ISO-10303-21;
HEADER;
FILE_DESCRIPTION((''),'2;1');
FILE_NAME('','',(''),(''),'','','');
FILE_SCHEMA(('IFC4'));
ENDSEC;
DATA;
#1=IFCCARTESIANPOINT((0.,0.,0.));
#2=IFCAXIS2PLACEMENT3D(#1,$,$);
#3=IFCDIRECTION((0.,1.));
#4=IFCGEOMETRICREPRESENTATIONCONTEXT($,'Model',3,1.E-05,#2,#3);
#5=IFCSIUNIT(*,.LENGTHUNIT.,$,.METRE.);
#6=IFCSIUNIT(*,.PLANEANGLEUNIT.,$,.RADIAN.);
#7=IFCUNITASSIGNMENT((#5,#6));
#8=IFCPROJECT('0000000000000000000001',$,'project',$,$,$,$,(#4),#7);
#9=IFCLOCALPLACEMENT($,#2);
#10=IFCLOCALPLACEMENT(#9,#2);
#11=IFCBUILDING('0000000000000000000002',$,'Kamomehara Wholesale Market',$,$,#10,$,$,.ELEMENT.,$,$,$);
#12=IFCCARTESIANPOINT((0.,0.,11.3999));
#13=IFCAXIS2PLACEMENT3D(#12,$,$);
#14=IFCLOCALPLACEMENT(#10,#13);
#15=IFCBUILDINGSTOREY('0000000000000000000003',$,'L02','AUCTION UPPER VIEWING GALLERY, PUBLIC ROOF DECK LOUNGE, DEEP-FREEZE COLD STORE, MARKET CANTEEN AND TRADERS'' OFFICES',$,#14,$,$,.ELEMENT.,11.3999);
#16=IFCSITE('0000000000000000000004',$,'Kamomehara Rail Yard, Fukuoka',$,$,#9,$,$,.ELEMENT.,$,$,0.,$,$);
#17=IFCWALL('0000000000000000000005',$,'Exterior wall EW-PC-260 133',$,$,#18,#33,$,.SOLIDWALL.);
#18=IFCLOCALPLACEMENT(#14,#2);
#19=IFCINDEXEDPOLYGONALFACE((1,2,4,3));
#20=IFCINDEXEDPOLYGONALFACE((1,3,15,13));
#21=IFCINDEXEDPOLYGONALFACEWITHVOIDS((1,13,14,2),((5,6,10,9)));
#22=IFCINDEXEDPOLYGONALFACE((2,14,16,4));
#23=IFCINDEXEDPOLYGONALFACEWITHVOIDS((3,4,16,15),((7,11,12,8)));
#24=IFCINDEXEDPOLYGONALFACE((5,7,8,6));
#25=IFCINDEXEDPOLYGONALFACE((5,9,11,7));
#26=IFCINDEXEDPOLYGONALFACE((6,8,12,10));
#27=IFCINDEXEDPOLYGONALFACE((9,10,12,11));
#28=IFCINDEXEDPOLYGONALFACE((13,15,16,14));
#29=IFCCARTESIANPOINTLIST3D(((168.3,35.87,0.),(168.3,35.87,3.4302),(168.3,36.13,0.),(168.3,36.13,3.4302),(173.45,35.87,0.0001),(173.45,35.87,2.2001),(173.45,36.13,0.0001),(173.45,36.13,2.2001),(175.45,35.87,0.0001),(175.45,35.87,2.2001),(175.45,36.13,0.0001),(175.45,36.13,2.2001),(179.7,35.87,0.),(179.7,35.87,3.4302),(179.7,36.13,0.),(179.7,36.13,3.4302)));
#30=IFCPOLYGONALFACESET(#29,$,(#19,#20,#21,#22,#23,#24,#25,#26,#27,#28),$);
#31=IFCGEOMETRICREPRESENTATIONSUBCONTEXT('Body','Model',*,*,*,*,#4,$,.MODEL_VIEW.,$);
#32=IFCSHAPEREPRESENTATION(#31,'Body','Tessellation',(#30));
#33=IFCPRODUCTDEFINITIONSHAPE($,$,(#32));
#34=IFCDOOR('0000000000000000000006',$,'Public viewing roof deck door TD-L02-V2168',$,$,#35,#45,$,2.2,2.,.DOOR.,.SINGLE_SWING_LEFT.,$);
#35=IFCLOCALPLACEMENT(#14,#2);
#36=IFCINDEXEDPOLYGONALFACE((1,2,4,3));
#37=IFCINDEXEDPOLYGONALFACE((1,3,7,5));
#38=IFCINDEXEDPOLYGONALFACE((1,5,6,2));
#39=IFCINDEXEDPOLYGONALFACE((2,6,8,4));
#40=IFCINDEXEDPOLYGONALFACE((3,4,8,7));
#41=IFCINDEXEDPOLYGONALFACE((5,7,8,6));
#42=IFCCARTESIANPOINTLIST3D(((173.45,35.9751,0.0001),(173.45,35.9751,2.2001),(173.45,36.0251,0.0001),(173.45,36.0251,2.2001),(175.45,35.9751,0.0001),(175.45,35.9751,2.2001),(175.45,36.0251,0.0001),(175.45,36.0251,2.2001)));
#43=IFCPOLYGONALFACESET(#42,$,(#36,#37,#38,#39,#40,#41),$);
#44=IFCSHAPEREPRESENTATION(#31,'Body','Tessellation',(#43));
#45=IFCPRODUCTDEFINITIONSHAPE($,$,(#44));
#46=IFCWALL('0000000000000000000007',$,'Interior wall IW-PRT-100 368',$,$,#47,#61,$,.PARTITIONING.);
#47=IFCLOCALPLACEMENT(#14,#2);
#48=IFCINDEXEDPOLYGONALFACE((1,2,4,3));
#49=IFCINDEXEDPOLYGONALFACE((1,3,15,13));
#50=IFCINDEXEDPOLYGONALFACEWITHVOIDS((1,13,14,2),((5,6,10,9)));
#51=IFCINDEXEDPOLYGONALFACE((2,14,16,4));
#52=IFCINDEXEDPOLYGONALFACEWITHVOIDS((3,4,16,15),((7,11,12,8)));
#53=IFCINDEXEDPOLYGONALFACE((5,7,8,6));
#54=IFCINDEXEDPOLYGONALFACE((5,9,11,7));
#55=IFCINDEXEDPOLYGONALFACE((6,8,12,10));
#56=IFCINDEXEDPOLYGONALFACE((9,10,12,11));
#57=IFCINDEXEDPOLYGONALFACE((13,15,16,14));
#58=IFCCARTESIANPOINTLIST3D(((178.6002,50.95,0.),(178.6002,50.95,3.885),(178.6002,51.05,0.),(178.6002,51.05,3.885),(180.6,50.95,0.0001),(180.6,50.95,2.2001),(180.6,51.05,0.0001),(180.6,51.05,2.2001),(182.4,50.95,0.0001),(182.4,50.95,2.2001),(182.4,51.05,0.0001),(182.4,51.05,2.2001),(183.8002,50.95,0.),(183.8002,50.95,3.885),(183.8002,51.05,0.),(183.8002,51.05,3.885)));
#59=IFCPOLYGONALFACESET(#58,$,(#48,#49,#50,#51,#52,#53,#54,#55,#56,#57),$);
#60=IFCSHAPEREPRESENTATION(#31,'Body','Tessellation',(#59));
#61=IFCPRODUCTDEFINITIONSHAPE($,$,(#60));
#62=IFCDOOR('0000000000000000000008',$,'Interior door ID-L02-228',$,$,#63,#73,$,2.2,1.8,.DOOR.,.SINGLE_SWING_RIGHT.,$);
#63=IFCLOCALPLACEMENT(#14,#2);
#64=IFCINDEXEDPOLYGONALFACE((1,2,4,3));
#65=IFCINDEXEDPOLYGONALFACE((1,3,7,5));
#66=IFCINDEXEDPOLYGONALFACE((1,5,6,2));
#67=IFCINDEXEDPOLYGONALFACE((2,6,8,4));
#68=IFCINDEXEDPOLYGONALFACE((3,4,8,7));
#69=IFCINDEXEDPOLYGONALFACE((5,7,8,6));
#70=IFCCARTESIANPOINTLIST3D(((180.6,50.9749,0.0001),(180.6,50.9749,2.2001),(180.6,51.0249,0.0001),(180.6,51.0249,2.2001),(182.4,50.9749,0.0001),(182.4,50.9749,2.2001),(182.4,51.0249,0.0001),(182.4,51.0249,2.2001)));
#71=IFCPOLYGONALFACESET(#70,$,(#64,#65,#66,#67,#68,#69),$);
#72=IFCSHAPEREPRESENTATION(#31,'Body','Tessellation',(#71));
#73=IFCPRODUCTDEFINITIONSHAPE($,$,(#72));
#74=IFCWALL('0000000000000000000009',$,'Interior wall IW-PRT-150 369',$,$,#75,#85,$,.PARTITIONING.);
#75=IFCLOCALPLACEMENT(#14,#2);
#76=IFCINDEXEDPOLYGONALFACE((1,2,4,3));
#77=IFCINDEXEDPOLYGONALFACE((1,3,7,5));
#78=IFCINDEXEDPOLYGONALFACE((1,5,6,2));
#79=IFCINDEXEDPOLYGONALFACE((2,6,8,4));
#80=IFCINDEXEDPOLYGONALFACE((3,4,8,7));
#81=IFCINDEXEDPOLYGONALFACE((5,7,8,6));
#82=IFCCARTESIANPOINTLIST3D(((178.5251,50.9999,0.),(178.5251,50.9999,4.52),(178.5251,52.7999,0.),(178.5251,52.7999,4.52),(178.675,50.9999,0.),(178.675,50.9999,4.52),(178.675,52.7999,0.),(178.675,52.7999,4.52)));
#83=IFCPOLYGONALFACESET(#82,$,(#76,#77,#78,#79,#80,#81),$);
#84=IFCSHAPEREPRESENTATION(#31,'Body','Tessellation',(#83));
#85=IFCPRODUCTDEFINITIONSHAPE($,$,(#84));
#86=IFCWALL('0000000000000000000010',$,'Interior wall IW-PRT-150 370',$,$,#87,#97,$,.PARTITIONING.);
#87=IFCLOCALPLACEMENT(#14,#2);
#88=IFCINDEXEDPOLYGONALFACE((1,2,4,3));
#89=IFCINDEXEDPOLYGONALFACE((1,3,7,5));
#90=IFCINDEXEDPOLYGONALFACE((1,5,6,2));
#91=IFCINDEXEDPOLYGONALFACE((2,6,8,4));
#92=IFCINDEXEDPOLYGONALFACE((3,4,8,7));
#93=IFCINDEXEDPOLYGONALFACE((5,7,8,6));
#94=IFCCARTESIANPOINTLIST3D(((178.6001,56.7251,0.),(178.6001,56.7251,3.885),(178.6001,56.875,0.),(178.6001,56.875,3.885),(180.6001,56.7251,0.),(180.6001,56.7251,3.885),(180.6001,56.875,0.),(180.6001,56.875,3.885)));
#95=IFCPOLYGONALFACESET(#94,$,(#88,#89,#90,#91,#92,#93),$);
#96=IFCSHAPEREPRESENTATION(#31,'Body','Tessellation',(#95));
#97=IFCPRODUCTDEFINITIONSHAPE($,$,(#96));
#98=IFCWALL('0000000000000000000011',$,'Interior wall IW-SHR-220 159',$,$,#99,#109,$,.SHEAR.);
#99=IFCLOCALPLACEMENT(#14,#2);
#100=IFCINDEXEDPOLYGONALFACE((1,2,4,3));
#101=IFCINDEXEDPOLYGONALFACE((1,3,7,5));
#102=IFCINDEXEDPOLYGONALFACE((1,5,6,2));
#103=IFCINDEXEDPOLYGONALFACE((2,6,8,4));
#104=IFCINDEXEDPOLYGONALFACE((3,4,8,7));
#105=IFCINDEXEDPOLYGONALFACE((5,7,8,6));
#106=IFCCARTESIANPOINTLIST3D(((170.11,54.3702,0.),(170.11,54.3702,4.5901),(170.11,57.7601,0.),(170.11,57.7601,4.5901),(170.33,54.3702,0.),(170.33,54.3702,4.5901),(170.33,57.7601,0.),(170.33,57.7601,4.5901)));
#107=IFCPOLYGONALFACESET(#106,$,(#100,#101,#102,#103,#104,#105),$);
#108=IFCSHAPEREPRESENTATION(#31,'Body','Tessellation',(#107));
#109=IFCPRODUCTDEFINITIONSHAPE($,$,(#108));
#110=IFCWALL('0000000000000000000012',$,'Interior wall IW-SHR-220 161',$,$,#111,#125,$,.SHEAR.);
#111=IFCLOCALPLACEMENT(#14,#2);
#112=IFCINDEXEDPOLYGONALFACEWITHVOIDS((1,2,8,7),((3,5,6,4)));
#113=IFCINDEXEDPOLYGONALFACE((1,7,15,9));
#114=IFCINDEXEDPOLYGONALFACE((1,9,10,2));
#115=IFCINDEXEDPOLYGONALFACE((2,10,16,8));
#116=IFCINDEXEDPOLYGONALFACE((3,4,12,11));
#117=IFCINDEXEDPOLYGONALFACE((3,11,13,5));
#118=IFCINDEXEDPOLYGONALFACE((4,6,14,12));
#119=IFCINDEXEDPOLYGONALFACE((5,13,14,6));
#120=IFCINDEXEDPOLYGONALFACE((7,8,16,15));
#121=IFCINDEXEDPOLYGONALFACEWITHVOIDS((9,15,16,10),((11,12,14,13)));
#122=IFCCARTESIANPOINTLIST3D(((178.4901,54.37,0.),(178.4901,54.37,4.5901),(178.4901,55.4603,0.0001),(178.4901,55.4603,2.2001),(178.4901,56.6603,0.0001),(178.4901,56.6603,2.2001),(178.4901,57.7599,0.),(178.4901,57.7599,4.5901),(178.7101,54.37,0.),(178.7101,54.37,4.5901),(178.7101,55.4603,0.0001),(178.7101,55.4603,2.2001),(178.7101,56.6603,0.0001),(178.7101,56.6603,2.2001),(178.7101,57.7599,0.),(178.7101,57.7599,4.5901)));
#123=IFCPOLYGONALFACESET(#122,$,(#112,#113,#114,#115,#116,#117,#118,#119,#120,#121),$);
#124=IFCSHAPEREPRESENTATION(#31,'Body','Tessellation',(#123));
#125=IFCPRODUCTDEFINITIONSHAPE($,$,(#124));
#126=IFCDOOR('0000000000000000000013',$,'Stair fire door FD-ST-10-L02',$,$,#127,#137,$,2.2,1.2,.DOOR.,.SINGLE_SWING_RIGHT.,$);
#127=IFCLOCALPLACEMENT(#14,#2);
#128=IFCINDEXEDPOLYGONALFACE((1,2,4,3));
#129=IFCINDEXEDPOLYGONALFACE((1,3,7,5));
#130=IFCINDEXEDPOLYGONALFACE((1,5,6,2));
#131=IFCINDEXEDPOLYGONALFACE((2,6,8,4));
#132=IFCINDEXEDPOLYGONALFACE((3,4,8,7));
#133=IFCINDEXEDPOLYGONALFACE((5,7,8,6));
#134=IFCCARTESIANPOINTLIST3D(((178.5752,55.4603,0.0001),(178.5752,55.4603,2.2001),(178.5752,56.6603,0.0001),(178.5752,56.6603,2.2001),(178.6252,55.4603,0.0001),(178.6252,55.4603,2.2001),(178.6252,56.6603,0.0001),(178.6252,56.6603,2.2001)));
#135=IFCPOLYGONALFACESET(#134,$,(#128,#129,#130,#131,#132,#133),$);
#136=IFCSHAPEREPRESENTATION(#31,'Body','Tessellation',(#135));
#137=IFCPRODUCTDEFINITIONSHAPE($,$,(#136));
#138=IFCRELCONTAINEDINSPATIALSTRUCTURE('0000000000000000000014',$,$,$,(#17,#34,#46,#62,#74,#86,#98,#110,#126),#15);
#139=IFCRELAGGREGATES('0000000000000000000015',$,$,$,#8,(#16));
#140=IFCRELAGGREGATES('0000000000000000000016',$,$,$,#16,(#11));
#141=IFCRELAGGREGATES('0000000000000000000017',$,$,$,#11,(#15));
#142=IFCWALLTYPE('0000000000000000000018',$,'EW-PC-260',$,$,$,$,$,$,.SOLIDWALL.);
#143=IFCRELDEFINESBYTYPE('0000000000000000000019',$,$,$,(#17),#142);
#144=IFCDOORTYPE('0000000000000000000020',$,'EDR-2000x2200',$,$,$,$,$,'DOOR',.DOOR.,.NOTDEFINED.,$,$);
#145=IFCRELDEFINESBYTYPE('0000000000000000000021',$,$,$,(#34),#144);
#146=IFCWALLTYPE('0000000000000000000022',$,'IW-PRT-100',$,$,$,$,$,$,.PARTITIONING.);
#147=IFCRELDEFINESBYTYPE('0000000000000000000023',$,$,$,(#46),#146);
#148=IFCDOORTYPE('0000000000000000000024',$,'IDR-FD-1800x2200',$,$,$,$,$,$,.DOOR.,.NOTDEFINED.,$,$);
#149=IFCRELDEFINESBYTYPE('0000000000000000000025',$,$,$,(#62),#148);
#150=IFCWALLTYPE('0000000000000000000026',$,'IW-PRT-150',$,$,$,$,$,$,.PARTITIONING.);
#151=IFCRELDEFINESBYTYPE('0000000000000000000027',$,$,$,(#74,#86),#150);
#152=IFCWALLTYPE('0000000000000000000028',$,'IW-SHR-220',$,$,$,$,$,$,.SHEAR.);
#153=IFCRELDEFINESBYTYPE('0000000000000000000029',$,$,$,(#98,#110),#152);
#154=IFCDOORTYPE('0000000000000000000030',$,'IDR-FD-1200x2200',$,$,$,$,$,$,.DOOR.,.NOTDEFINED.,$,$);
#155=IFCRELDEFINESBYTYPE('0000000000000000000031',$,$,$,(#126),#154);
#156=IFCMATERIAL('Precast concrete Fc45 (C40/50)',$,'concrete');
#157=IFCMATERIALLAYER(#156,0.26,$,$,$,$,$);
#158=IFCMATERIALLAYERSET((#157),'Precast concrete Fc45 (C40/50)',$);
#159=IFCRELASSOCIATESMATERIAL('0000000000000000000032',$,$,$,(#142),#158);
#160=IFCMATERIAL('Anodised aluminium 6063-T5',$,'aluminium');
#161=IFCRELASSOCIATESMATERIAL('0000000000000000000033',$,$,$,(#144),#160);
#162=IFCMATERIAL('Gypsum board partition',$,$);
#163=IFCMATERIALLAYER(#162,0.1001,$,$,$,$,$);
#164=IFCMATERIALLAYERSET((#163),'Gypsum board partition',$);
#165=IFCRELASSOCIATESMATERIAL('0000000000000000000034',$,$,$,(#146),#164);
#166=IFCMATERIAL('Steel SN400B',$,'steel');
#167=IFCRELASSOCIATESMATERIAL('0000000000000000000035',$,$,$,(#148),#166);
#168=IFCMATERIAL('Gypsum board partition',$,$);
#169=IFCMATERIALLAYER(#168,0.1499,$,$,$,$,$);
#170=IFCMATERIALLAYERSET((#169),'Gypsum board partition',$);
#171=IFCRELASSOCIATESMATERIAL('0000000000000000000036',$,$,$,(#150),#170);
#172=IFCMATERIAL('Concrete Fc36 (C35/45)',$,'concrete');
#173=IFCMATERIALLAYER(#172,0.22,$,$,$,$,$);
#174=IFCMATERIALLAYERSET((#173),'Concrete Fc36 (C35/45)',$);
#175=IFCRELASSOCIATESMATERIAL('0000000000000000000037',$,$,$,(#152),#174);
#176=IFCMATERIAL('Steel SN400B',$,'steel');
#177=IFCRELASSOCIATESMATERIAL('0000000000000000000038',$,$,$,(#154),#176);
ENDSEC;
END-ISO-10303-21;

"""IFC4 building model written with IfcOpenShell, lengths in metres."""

from ifc_helpers import new_model, si_unit, direction, frame, frame_2d, origin, place, context, subcontext, project, spatial, rectangle, extrude, material, layer, layer_set, type_object, element, fill, save


model = new_model("IFC4")

# Units and contexts
model_context = context("Model", 3, precision=1e-05, world=origin(), true_north=direction((0.0, 1.0)))
body_context = subcontext(model_context, "Body", "Model", "MODEL_VIEW")
ifc_project = project(units=[si_unit("LENGTHUNIT", "METRE"), si_unit("PLANEANGLEUNIT", "RADIAN")], contexts=[model_context])

# Site, building, storey
site_placement = place(None, origin())
site = spatial("IfcSite", under=ifc_project, at=site_placement, Name="Kamomehara Rail Yard, Fukuoka", CompositionType="ELEMENT", RefElevation=0.0)
building_placement = place(site_placement, origin())
building = spatial("IfcBuilding", under=site, at=building_placement, Name="Kamomehara Wholesale Market", CompositionType="ELEMENT")
storey_placement = place(building_placement, frame((0.0, 0.0, 11.3999)))
storey = spatial("IfcBuildingStorey", under=building, at=storey_placement, Name="L02", Description="AUCTION UPPER VIEWING GALLERY, PUBLIC ROOF DECK LOUNGE, DEEP-FREEZE COLD STORE, MARKET CANTEEN AND TRADERS' OFFICES", CompositionType="ELEMENT", Elevation=11.3999)

# Walls, openings, doors
ifc_material_1 = material(Name="Precast concrete Fc45 (C40/50)", Category="concrete")
ifc_layer_1 = layer(ifc_material_1, 0.26)
ifc_layer_set_1 = layer_set([ifc_layer_1], Name="Precast concrete Fc45 (C40/50)")
wall_type_1 = type_object("IfcWallType", Name="EW-PC-260", PredefinedType="SOLIDWALL", material=ifc_layer_set_1)
wall_1_placement = place(storey_placement, frame((179.7, 36.0, 0.0), z_axis=(0.0, 0.0, 1.0), x_axis=(-1.0, 0.0, 0.0)))
wall_1 = element("IfcWall", 1, at=wall_1_placement, inside=storey, type_object=wall_type_1, Name="Exterior wall EW-PC-260 133", PredefinedType="SOLIDWALL", context=body_context, shape_type="SweptSolid", body=[
    extrude(rectangle(XDim=11.3999, YDim=0.26, at=frame_2d((5.7, 0.0))), origin(), (0.0, 0.0, 1.0), 3.4302),
])
opening_1_placement = place(wall_1_placement, frame((4.25, 0.0, 0.0)))
opening_1 = element("IfcOpeningElement", 2, at=opening_1_placement, cuts=wall_1, PredefinedType="OPENING", context=body_context, shape_type="SweptSolid", body=[
    extrude(rectangle(XDim=2.0, YDim=2.2, at=frame_2d((1.0, 1.1001))), frame((0.0, 0.145, 0.0), z_axis=(0.0, -1.0, 0.0), x_axis=(1.0, 0.0, 0.0)), (0.0, 0.0, 1.0), 0.2898),
])
ifc_material_2 = material(Name="Anodised aluminium 6063-T5", Category="aluminium")
door_type_1 = type_object("IfcDoorType", Name="EDR-2000x2200", ElementType="DOOR", OperationType="NOTDEFINED", PredefinedType="DOOR", material=ifc_material_2)
door_1_placement = place(opening_1_placement, origin())
door_1 = element("IfcDoor", 3, at=door_1_placement, inside=storey, type_object=door_type_1, Name="Public viewing roof deck door TD-L02-V2168", OperationType="SINGLE_SWING_LEFT", OverallHeight=2.2, OverallWidth=2.0, PredefinedType="DOOR", context=body_context, shape_type="SweptSolid", body=[
    extrude(rectangle(XDim=2.0, YDim=2.2, at=frame_2d((1.0, 1.1001))), frame((0.0, 0.0249, 0.0), z_axis=(0.0, -1.0, 0.0), x_axis=(1.0, 0.0, 0.0)), (0.0, 0.0, 1.0), 0.05),
])
fill(opening_1, door_1)
ifc_material_3 = material(Name="Gypsum board partition")
ifc_layer_2 = layer(ifc_material_3, 0.1001)
ifc_layer_set_2 = layer_set([ifc_layer_2], Name="Gypsum board partition")
wall_type_2 = type_object("IfcWallType", Name="IW-PRT-100", PredefinedType="PARTITIONING", material=ifc_layer_set_2)
wall_2_placement = place(storey_placement, frame((178.6001, 51.0, 0.0), z_axis=(0.0, 0.0, 1.0), x_axis=(1.0, 0.0, 0.0)))
wall_2 = element("IfcWall", 4, at=wall_2_placement, inside=storey, type_object=wall_type_2, Name="Interior wall IW-PRT-100 368", PredefinedType="PARTITIONING", context=body_context, shape_type="SweptSolid", body=[
    extrude(rectangle(XDim=5.2, YDim=0.1001, at=frame_2d((2.6001, 0.0))), origin(), (0.0, 0.0, 1.0), 3.885),
])
opening_2_placement = place(wall_2_placement, frame((2.0, 0.0, 0.0)))
opening_2 = element("IfcOpeningElement", 5, at=opening_2_placement, cuts=wall_2, PredefinedType="OPENING", context=body_context, shape_type="SweptSolid", body=[
    extrude(rectangle(XDim=1.8, YDim=2.2, at=frame_2d((0.8999, 1.1001))), frame((0.0, 0.0649, 0.0), z_axis=(0.0, -1.0, 0.0), x_axis=(1.0, 0.0, 0.0)), (0.0, 0.0, 1.0), 0.1299),
])
ifc_material_4 = material(Name="Steel SN400B", Category="steel")
door_type_2 = type_object("IfcDoorType", Name="IDR-FD-1800x2200", OperationType="NOTDEFINED", PredefinedType="DOOR", material=ifc_material_4)
door_2_placement = place(opening_2_placement, origin())
door_2 = element("IfcDoor", 6, at=door_2_placement, inside=storey, type_object=door_type_2, Name="Interior door ID-L02-228", OperationType="SINGLE_SWING_RIGHT", OverallHeight=2.2, OverallWidth=1.8, PredefinedType="DOOR", context=body_context, shape_type="SweptSolid", body=[
    extrude(rectangle(XDim=1.8, YDim=2.2, at=frame_2d((0.8999, 1.1001))), frame((0.0, 0.0249, 0.0), z_axis=(0.0, -1.0, 0.0), x_axis=(1.0, 0.0, 0.0)), (0.0, 0.0, 1.0), 0.05),
])
fill(opening_2, door_2)

# Walls
ifc_material_5 = material(Name="Gypsum board partition")
ifc_layer_3 = layer(ifc_material_5, 0.1499)
ifc_layer_set_3 = layer_set([ifc_layer_3], Name="Gypsum board partition")
wall_type_3 = type_object("IfcWallType", Name="IW-PRT-150", PredefinedType="PARTITIONING", material=ifc_layer_set_3)
wall_3_placement = place(storey_placement, frame((178.6001, 51.0, 0.0), z_axis=(0.0, 0.0, 1.0), x_axis=(0.0, 1.0, 0.0)))
element("IfcWall", 7, at=wall_3_placement, inside=storey, type_object=wall_type_3, Name="Interior wall IW-PRT-150 369", PredefinedType="PARTITIONING", context=body_context, shape_type="SweptSolid", body=[
    extrude(rectangle(XDim=1.8, YDim=0.1499, at=frame_2d((0.8999, 0.0))), origin(), (0.0, 0.0, 1.0), 4.52),
])
wall_4_placement = place(storey_placement, frame((178.6001, 56.8, 0.0), z_axis=(0.0, 0.0, 1.0), x_axis=(1.0, 0.0, 0.0)))
element("IfcWall", 8, at=wall_4_placement, inside=storey, type_object=wall_type_3, Name="Interior wall IW-PRT-150 370", PredefinedType="PARTITIONING", context=body_context, shape_type="SweptSolid", body=[
    extrude(rectangle(XDim=2.0, YDim=0.1499, at=frame_2d((1.0, 0.0))), origin(), (0.0, 0.0, 1.0), 3.885),
])
ifc_material_6 = material(Name="Concrete Fc36 (C35/45)", Category="concrete")
ifc_layer_4 = layer(ifc_material_6, 0.22)
ifc_layer_set_4 = layer_set([ifc_layer_4], Name="Concrete Fc36 (C35/45)")
wall_type_4 = type_object("IfcWallType", Name="IW-SHR-220", PredefinedType="SHEAR", material=ifc_layer_set_4)
wall_5_placement = place(storey_placement, frame((170.22, 57.76, 0.0), z_axis=(0.0, 0.0, 1.0), x_axis=(0.0, -1.0, 0.0)))
element("IfcWall", 9, at=wall_5_placement, inside=storey, type_object=wall_type_4, Name="Interior wall IW-SHR-220 159", PredefinedType="SHEAR", context=body_context, shape_type="SweptSolid", body=[
    extrude(rectangle(XDim=3.3899, YDim=0.22, at=frame_2d((1.6948, 0.0))), origin(), (0.0, 0.0, 1.0), 4.5901),
])

# Wall, opening, door
wall_6_placement = place(storey_placement, frame((178.6001, 54.3701, 0.0), z_axis=(0.0, 0.0, 1.0), x_axis=(0.0, 1.0, 0.0)))
wall_6 = element("IfcWall", 10, at=wall_6_placement, inside=storey, type_object=wall_type_4, Name="Interior wall IW-SHR-220 161", PredefinedType="SHEAR", context=body_context, shape_type="SweptSolid", body=[
    extrude(rectangle(XDim=3.3899, YDim=0.22, at=frame_2d((1.6948, 0.0))), origin(), (0.0, 0.0, 1.0), 4.5901),
])
opening_3_placement = place(wall_6_placement, frame((1.0901, 0.0, 0.0)))
opening_3 = element("IfcOpeningElement", 11, at=opening_3_placement, cuts=wall_6, PredefinedType="OPENING", context=body_context, shape_type="SweptSolid", body=[
    extrude(rectangle(XDim=1.2, YDim=2.2, at=frame_2d((0.6001, 1.1001))), frame((0.0, 0.125, 0.0), z_axis=(0.0, -1.0, 0.0), x_axis=(1.0, 0.0, 0.0)), (0.0, 0.0, 1.0), 0.2498),
])
ifc_material_7 = material(Name="Steel SN400B", Category="steel")
door_type_3 = type_object("IfcDoorType", Name="IDR-FD-1200x2200", OperationType="NOTDEFINED", PredefinedType="DOOR", material=ifc_material_7)
door_3_placement = place(opening_3_placement, origin())
door_3 = element("IfcDoor", 12, at=door_3_placement, inside=storey, type_object=door_type_3, Name="Stair fire door FD-ST-10-L02", OperationType="SINGLE_SWING_RIGHT", OverallHeight=2.2, OverallWidth=1.2, PredefinedType="DOOR", context=body_context, shape_type="SweptSolid", body=[
    extrude(rectangle(XDim=1.2, YDim=2.2, at=frame_2d((0.6001, 1.1001))), frame((0.0, 0.0249, 0.0), z_axis=(0.0, -1.0, 0.0), x_axis=(1.0, 0.0, 0.0)), (0.0, 0.0, 1.0), 0.05),
])
fill(opening_3, door_3)

save(model, "model.ifc")
